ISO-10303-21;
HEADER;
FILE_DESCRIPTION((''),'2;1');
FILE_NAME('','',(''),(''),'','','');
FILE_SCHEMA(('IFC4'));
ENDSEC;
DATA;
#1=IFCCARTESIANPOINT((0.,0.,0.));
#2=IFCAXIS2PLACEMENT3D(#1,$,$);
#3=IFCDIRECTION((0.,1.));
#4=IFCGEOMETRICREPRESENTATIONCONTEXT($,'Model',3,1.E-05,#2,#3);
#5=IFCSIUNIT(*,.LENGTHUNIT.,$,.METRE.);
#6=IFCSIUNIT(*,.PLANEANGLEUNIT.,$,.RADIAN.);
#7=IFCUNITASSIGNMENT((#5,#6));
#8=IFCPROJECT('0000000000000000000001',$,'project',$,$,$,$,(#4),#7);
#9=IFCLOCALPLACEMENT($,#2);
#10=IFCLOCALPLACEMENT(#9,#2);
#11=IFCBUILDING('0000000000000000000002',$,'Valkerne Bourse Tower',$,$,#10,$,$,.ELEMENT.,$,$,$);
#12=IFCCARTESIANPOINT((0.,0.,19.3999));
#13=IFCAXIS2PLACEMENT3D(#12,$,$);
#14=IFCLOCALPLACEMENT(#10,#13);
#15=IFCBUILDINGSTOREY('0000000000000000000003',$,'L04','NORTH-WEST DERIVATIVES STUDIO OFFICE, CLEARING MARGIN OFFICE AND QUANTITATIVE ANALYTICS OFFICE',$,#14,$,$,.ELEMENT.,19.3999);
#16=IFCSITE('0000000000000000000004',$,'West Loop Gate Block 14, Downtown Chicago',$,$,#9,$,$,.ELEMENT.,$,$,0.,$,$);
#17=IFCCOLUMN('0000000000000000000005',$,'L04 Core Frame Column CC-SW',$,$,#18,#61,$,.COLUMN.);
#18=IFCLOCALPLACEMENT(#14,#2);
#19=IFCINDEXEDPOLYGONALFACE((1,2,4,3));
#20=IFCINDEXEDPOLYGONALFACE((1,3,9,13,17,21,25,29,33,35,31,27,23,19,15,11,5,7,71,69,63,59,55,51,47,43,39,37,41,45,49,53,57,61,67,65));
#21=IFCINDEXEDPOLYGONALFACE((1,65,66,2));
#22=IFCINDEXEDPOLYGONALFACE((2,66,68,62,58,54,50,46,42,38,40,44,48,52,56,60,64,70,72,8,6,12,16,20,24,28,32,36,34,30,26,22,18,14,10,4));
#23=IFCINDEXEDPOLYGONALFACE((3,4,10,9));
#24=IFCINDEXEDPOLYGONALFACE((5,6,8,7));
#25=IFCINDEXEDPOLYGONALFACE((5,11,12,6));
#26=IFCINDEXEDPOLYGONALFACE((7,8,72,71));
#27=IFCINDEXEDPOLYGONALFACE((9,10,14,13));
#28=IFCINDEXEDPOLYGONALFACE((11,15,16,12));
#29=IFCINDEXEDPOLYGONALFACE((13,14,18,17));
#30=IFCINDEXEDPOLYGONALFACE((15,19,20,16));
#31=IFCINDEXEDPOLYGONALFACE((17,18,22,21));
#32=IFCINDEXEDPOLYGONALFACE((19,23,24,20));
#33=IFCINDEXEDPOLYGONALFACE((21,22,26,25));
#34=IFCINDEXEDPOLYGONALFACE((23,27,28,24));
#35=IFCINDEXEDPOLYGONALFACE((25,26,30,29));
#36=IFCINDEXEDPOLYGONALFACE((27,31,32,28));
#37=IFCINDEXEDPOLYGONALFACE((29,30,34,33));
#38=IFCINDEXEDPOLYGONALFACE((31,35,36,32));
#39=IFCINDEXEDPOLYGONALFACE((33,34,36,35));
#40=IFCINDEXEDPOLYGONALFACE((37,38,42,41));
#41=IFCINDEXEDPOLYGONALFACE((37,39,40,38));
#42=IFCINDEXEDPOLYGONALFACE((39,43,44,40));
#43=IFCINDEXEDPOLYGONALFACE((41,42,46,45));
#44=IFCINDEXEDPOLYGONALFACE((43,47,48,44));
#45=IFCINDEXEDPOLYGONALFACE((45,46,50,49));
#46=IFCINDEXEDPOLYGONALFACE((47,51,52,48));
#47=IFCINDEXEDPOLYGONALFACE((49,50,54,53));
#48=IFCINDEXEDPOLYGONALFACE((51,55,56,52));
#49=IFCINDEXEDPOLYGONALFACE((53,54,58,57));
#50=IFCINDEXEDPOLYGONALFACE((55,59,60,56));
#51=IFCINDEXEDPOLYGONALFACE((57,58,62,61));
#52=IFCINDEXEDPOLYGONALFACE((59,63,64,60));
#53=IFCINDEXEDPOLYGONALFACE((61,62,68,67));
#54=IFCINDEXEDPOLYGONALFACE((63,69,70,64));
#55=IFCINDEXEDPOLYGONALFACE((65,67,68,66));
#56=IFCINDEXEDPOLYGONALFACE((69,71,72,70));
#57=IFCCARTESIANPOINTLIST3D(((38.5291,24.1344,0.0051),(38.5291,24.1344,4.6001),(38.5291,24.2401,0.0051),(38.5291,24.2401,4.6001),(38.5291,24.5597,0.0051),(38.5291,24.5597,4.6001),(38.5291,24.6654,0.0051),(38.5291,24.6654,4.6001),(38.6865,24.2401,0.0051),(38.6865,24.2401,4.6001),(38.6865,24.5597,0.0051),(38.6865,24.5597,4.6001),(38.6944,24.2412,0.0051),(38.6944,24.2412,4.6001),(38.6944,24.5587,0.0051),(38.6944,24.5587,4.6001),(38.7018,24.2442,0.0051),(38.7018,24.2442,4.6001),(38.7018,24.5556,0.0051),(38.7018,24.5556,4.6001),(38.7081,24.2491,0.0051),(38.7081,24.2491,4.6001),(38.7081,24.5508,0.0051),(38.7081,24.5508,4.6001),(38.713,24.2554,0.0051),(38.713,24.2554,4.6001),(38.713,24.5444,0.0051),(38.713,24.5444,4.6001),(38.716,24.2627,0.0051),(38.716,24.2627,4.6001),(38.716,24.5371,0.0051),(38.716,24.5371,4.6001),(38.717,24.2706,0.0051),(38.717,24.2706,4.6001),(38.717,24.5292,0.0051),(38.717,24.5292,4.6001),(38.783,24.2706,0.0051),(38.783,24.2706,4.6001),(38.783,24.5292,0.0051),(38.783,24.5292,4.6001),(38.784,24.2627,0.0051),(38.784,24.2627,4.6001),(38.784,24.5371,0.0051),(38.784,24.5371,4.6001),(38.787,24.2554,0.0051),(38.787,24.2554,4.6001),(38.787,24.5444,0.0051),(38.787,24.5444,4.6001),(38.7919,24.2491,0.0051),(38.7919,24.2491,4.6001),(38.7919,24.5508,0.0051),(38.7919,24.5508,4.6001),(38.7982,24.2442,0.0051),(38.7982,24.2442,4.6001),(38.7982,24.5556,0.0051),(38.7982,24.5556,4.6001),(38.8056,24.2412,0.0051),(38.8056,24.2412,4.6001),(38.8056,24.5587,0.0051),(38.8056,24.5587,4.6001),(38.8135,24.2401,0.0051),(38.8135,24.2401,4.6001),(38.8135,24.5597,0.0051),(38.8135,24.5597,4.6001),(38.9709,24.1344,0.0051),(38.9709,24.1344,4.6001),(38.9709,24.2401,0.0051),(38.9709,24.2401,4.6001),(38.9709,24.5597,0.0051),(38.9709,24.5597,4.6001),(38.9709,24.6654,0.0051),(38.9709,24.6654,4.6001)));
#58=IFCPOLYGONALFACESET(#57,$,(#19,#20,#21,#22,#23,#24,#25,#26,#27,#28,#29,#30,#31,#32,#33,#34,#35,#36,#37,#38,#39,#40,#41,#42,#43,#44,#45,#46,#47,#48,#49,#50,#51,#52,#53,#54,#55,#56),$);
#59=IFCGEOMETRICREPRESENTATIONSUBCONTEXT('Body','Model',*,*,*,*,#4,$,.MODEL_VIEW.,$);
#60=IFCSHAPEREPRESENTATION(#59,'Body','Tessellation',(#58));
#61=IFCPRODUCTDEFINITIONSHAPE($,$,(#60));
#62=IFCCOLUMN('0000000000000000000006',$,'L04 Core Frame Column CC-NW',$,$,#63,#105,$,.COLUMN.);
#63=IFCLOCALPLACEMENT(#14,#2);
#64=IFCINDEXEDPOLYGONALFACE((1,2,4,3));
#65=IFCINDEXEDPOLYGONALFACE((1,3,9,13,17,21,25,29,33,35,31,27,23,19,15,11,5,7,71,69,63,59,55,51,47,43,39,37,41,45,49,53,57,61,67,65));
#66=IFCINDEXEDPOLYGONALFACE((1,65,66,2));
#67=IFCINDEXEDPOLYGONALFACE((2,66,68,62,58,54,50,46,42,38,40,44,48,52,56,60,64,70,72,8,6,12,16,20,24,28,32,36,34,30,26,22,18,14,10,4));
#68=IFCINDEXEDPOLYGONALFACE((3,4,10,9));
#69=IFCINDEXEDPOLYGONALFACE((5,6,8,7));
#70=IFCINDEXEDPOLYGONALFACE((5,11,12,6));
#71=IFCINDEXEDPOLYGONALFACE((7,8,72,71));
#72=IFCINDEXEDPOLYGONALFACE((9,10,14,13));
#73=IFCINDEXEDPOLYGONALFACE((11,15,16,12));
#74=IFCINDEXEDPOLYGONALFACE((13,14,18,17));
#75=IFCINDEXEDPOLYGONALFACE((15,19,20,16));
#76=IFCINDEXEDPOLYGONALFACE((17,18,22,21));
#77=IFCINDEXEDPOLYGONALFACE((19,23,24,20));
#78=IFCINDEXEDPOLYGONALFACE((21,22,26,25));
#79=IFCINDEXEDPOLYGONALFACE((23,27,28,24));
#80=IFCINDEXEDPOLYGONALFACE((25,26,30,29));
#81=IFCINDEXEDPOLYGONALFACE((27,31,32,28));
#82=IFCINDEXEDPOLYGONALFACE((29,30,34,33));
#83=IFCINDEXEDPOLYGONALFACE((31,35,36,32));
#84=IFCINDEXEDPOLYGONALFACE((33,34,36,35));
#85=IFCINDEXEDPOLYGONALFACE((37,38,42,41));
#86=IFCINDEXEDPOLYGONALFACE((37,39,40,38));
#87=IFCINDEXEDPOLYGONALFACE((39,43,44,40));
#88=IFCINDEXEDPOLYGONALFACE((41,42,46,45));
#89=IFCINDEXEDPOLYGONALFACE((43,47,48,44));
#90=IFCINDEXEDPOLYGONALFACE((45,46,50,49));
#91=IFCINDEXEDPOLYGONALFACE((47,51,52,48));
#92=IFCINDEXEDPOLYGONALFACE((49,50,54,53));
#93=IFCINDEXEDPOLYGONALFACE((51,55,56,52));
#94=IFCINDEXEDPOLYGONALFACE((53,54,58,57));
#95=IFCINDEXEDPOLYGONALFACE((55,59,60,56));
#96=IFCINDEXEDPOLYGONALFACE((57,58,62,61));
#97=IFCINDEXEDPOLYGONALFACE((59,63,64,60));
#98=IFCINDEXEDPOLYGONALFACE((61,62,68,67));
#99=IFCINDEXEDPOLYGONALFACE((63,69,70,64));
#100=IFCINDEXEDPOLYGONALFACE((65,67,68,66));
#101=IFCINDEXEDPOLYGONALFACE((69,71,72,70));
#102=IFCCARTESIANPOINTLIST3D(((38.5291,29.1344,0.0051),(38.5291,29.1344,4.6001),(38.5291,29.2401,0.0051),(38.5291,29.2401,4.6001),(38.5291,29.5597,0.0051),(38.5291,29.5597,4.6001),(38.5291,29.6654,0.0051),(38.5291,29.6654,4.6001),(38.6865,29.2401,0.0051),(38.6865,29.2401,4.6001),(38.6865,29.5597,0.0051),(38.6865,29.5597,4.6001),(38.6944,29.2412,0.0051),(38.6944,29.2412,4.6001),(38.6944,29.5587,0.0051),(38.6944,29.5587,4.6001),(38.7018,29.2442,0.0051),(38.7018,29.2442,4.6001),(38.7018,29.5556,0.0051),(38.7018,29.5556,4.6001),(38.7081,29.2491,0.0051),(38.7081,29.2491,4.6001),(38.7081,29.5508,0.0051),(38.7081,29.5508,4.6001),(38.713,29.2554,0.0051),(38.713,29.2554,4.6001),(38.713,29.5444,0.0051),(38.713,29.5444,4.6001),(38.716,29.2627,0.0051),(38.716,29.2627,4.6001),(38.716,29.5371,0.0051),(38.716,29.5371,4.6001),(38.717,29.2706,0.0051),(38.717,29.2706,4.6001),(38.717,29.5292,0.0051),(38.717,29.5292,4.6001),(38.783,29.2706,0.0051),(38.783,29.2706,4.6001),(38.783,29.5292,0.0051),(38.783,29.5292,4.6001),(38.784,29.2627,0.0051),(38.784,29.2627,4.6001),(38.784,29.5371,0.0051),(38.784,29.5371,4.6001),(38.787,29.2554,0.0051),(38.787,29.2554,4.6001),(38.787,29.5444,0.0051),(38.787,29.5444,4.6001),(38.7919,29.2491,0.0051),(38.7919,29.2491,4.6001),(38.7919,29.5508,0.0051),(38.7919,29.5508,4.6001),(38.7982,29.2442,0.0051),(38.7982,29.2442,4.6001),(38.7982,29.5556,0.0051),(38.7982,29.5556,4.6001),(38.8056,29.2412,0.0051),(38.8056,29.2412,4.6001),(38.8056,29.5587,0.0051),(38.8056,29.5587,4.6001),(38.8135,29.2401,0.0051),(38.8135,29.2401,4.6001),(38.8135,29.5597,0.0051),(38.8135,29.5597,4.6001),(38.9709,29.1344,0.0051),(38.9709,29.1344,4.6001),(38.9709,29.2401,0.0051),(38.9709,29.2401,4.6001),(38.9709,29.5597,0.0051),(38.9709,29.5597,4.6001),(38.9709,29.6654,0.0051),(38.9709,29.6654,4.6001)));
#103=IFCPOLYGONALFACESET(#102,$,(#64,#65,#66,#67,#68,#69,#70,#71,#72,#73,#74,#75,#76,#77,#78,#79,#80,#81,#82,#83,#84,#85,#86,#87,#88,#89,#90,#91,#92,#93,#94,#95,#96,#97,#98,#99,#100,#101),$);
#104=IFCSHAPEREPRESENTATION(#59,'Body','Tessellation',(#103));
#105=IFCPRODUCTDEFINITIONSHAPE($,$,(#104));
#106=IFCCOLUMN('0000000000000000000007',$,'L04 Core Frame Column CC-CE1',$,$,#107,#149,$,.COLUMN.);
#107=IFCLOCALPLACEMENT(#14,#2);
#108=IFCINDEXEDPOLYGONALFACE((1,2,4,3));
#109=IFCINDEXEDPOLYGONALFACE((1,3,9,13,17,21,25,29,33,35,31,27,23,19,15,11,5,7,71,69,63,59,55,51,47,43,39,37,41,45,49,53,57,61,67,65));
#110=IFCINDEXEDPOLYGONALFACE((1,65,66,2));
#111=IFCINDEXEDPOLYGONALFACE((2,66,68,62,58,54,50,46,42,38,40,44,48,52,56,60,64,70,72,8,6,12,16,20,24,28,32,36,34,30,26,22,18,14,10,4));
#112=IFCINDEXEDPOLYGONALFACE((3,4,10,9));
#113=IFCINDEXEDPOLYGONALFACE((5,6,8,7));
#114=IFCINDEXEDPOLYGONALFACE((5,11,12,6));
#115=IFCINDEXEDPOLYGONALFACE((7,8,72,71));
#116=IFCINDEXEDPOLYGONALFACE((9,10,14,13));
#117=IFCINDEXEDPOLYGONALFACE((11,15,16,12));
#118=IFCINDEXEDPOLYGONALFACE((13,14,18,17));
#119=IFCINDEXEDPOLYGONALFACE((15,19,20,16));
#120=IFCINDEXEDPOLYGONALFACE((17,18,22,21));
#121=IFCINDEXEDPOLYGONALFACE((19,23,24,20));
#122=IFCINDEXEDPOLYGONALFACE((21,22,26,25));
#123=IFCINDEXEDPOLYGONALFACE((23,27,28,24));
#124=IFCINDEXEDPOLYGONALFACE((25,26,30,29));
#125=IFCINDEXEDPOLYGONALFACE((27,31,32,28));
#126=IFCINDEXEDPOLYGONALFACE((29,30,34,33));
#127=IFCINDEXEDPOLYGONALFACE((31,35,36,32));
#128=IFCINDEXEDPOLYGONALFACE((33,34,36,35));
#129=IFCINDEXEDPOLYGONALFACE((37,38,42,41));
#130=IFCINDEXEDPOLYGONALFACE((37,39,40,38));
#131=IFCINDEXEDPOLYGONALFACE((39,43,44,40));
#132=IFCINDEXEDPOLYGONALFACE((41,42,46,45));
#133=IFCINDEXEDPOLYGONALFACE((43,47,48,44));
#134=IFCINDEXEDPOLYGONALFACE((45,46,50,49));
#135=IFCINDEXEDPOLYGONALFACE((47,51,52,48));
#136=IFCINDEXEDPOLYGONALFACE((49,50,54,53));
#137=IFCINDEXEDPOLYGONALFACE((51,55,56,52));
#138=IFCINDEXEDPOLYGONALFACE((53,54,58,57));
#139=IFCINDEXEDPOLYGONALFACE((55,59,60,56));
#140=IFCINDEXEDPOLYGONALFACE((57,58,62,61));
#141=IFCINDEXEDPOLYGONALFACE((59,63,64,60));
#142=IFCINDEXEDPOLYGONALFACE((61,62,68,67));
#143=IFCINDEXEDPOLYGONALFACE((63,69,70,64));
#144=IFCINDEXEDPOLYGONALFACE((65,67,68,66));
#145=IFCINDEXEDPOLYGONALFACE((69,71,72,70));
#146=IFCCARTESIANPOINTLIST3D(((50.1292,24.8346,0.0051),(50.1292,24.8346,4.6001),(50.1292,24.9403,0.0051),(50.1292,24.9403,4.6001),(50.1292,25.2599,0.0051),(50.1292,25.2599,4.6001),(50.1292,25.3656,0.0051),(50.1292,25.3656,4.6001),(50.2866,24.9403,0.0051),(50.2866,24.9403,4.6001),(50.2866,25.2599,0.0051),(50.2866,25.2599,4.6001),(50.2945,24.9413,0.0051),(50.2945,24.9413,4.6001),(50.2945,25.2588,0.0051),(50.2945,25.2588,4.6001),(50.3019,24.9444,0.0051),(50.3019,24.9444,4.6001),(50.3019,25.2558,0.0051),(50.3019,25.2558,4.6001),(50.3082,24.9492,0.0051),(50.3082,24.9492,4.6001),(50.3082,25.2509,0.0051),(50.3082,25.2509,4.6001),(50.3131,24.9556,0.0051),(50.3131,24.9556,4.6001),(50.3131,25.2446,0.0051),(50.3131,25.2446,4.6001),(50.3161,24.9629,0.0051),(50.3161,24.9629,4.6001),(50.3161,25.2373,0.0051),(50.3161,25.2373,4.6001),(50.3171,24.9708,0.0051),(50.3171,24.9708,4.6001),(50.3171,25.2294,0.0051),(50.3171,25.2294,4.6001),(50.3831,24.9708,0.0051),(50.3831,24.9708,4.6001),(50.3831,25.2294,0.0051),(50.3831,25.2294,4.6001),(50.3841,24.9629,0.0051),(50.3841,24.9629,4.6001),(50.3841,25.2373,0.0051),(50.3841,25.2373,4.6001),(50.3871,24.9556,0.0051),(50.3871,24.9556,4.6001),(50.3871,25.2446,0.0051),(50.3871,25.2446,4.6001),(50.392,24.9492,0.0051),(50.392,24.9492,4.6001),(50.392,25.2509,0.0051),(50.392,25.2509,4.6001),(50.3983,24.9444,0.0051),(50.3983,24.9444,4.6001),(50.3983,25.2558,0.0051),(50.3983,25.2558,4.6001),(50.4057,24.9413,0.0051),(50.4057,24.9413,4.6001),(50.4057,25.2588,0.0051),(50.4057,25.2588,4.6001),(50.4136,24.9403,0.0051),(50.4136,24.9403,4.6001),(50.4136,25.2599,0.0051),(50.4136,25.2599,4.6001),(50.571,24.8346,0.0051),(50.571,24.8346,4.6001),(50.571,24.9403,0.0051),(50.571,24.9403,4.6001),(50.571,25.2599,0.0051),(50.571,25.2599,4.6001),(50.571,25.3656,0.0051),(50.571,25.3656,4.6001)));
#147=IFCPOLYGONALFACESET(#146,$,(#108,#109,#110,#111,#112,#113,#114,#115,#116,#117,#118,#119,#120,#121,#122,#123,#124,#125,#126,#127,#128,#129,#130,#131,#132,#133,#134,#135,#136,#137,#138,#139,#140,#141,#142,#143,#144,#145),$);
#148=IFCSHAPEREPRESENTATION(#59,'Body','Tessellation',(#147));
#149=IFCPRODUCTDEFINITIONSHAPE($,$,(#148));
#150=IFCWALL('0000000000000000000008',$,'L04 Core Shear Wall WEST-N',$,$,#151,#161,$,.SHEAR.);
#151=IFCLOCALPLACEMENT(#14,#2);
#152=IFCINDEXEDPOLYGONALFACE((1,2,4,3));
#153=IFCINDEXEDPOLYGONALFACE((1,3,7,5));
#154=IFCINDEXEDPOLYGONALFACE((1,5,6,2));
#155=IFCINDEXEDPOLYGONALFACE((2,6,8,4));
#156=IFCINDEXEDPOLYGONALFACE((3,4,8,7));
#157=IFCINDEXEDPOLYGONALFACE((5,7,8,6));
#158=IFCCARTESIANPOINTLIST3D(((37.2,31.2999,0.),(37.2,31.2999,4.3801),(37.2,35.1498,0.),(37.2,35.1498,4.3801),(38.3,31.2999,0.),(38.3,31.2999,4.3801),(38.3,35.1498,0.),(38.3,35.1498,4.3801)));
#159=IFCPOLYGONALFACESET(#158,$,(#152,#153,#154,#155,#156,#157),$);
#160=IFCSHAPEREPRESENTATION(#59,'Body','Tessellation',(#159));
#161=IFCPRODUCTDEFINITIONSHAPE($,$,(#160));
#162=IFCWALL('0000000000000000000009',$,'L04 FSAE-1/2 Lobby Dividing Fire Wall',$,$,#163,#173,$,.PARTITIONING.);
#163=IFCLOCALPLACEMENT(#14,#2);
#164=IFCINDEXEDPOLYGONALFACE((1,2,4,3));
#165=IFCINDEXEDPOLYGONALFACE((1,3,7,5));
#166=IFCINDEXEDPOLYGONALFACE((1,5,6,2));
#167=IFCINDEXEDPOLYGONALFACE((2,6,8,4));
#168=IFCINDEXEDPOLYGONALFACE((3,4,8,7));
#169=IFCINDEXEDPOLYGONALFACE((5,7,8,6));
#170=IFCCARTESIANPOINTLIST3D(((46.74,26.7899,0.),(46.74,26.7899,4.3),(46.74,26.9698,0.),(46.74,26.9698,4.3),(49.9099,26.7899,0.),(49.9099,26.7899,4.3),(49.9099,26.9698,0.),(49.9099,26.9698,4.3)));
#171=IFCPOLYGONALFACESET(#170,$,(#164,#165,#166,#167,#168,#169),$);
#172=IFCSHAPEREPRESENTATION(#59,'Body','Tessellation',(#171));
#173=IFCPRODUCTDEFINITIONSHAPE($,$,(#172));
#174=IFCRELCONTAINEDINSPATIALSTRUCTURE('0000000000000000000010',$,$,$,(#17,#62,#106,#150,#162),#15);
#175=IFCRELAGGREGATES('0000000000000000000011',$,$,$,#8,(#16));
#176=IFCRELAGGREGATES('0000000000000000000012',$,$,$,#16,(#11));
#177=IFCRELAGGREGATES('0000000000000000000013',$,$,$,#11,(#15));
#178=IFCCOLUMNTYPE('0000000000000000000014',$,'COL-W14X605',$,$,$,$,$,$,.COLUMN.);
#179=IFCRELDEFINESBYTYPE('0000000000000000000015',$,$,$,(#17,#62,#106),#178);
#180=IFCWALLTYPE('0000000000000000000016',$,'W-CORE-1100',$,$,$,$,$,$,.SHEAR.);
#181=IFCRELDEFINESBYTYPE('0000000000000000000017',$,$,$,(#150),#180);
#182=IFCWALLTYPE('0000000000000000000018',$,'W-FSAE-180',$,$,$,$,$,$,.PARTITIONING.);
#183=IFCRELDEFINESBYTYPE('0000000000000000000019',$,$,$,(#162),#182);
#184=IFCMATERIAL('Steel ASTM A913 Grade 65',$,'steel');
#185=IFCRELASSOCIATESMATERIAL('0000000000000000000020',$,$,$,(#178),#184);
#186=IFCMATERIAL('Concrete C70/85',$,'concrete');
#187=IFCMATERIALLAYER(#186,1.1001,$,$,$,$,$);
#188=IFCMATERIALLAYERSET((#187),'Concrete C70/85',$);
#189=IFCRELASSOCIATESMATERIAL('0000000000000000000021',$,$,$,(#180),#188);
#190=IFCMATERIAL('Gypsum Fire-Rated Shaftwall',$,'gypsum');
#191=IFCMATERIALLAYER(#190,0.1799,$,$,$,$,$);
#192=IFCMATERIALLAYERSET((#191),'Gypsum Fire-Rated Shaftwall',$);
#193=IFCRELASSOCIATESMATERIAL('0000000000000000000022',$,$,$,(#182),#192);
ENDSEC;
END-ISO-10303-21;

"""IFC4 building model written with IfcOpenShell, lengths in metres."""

from ifc_helpers import new_model, si_unit, direction, frame, frame_2d, origin, origin_2d, place, context, subcontext, project, spatial, rectangle, i_section, extrude, material, layer, layer_set, material_profile, profile_set, type_object, element, save


model = new_model("IFC4")

# Units and contexts
model_context = context("Model", 3, precision=1e-05, world=origin(), true_north=direction((0.0, 1.0)))
body_context = subcontext(model_context, "Body", "Model", "MODEL_VIEW")
ifc_project = project(units=[si_unit("LENGTHUNIT", "METRE"), si_unit("PLANEANGLEUNIT", "RADIAN")], contexts=[model_context])

# Site, building, storey
site_placement = place(None, origin())
site = spatial("IfcSite", under=ifc_project, at=site_placement, Name="West Loop Gate Block 14, Downtown Chicago", CompositionType="ELEMENT", RefElevation=0.0)
building_placement = place(site_placement, origin())
building = spatial("IfcBuilding", under=site, at=building_placement, Name="Valkerne Bourse Tower", CompositionType="ELEMENT")
storey_placement = place(building_placement, frame((0.0, 0.0, 19.3999)))
storey = spatial("IfcBuildingStorey", under=building, at=storey_placement, Name="L04", Description="NORTH-WEST DERIVATIVES STUDIO OFFICE, CLEARING MARGIN OFFICE AND QUANTITATIVE ANALYTICS OFFICE", CompositionType="ELEMENT", Elevation=19.3999)

# Columns
ifc_material_1 = material(Name="Steel ASTM A913 Grade 65", Category="steel")
ifc_material_profile = material_profile(ifc_material_1, i_section(OverallWidth=0.4419, OverallDepth=0.531, WebThickness=0.0659, FlangeThickness=0.1057, FilletRadius=0.0305, at=origin_2d()), Name="W14X605")
ifc_profile_set = profile_set([ifc_material_profile], Name="Steel ASTM A913 Grade 65")
column_type = type_object("IfcColumnType", Name="COL-W14X605", PredefinedType="COLUMN", material=ifc_profile_set)
for number, where, z_axis, x_axis, name in (
    (1, (38.75, 24.3999, 0.0051), (0.0, 0.0, 1.0), (1.0, 0.0, 0.0), "L04 Core Frame Column CC-SW"),
    (2, (38.75, 29.3999, 0.0051), (0.0, 0.0, 1.0), (1.0, 0.0, 0.0), "L04 Core Frame Column CC-NW"),
    (3, (50.3501, 25.1001, 0.0051), (0.0, 0.0, 1.0), (1.0, 0.0, 0.0), "L04 Core Frame Column CC-CE1"),
):
    element("IfcColumn", number, at=place(storey_placement, frame(where, z_axis=z_axis, x_axis=x_axis)), inside=storey, type_object=column_type, Name=name, PredefinedType="COLUMN", context=body_context, shape_type="SweptSolid", body=[
        extrude(i_section(OverallWidth=0.4419, OverallDepth=0.531, WebThickness=0.0659, FlangeThickness=0.1057, FilletRadius=0.0305, at=origin_2d()), origin(), (0.0, 0.0, 1.0), 4.595),
    ])

# Walls
ifc_material_2 = material(Name="Concrete C70/85", Category="concrete")
ifc_layer_1 = layer(ifc_material_2, 1.1001)
ifc_layer_set_1 = layer_set([ifc_layer_1], Name="Concrete C70/85")
wall_type_1 = type_object("IfcWallType", Name="W-CORE-1100", PredefinedType="SHEAR", material=ifc_layer_set_1)
wall_1_placement = place(storey_placement, frame((37.75, 31.3, 0.0), z_axis=(0.0, 0.0, 1.0), x_axis=(0.0, 1.0, 0.0)))
element("IfcWall", 4, at=wall_1_placement, inside=storey, type_object=wall_type_1, Name="L04 Core Shear Wall WEST-N", PredefinedType="SHEAR", context=body_context, shape_type="SweptSolid", body=[
    extrude(rectangle(XDim=3.8499, YDim=1.1001, at=frame_2d((1.9248, 0.0))), origin(), (0.0, 0.0, 1.0), 4.3801),
])
ifc_material_3 = material(Name="Gypsum Fire-Rated Shaftwall", Category="gypsum")
ifc_layer_2 = layer(ifc_material_3, 0.1799)
ifc_layer_set_2 = layer_set([ifc_layer_2], Name="Gypsum Fire-Rated Shaftwall")
wall_type_2 = type_object("IfcWallType", Name="W-FSAE-180", PredefinedType="PARTITIONING", material=ifc_layer_set_2)
wall_2_placement = place(storey_placement, frame((46.74, 26.8799, 0.0), z_axis=(0.0, 0.0, 1.0), x_axis=(1.0, 0.0, 0.0)))
element("IfcWall", 5, at=wall_2_placement, inside=storey, type_object=wall_type_2, Name="L04 FSAE-1/2 Lobby Dividing Fire Wall", PredefinedType="PARTITIONING", context=body_context, shape_type="SweptSolid", body=[
    extrude(rectangle(XDim=3.1699, YDim=0.1799, at=frame_2d((1.585, 0.0))), origin(), (0.0, 0.0, 1.0), 4.3),
])

save(model, "model.ifc")
